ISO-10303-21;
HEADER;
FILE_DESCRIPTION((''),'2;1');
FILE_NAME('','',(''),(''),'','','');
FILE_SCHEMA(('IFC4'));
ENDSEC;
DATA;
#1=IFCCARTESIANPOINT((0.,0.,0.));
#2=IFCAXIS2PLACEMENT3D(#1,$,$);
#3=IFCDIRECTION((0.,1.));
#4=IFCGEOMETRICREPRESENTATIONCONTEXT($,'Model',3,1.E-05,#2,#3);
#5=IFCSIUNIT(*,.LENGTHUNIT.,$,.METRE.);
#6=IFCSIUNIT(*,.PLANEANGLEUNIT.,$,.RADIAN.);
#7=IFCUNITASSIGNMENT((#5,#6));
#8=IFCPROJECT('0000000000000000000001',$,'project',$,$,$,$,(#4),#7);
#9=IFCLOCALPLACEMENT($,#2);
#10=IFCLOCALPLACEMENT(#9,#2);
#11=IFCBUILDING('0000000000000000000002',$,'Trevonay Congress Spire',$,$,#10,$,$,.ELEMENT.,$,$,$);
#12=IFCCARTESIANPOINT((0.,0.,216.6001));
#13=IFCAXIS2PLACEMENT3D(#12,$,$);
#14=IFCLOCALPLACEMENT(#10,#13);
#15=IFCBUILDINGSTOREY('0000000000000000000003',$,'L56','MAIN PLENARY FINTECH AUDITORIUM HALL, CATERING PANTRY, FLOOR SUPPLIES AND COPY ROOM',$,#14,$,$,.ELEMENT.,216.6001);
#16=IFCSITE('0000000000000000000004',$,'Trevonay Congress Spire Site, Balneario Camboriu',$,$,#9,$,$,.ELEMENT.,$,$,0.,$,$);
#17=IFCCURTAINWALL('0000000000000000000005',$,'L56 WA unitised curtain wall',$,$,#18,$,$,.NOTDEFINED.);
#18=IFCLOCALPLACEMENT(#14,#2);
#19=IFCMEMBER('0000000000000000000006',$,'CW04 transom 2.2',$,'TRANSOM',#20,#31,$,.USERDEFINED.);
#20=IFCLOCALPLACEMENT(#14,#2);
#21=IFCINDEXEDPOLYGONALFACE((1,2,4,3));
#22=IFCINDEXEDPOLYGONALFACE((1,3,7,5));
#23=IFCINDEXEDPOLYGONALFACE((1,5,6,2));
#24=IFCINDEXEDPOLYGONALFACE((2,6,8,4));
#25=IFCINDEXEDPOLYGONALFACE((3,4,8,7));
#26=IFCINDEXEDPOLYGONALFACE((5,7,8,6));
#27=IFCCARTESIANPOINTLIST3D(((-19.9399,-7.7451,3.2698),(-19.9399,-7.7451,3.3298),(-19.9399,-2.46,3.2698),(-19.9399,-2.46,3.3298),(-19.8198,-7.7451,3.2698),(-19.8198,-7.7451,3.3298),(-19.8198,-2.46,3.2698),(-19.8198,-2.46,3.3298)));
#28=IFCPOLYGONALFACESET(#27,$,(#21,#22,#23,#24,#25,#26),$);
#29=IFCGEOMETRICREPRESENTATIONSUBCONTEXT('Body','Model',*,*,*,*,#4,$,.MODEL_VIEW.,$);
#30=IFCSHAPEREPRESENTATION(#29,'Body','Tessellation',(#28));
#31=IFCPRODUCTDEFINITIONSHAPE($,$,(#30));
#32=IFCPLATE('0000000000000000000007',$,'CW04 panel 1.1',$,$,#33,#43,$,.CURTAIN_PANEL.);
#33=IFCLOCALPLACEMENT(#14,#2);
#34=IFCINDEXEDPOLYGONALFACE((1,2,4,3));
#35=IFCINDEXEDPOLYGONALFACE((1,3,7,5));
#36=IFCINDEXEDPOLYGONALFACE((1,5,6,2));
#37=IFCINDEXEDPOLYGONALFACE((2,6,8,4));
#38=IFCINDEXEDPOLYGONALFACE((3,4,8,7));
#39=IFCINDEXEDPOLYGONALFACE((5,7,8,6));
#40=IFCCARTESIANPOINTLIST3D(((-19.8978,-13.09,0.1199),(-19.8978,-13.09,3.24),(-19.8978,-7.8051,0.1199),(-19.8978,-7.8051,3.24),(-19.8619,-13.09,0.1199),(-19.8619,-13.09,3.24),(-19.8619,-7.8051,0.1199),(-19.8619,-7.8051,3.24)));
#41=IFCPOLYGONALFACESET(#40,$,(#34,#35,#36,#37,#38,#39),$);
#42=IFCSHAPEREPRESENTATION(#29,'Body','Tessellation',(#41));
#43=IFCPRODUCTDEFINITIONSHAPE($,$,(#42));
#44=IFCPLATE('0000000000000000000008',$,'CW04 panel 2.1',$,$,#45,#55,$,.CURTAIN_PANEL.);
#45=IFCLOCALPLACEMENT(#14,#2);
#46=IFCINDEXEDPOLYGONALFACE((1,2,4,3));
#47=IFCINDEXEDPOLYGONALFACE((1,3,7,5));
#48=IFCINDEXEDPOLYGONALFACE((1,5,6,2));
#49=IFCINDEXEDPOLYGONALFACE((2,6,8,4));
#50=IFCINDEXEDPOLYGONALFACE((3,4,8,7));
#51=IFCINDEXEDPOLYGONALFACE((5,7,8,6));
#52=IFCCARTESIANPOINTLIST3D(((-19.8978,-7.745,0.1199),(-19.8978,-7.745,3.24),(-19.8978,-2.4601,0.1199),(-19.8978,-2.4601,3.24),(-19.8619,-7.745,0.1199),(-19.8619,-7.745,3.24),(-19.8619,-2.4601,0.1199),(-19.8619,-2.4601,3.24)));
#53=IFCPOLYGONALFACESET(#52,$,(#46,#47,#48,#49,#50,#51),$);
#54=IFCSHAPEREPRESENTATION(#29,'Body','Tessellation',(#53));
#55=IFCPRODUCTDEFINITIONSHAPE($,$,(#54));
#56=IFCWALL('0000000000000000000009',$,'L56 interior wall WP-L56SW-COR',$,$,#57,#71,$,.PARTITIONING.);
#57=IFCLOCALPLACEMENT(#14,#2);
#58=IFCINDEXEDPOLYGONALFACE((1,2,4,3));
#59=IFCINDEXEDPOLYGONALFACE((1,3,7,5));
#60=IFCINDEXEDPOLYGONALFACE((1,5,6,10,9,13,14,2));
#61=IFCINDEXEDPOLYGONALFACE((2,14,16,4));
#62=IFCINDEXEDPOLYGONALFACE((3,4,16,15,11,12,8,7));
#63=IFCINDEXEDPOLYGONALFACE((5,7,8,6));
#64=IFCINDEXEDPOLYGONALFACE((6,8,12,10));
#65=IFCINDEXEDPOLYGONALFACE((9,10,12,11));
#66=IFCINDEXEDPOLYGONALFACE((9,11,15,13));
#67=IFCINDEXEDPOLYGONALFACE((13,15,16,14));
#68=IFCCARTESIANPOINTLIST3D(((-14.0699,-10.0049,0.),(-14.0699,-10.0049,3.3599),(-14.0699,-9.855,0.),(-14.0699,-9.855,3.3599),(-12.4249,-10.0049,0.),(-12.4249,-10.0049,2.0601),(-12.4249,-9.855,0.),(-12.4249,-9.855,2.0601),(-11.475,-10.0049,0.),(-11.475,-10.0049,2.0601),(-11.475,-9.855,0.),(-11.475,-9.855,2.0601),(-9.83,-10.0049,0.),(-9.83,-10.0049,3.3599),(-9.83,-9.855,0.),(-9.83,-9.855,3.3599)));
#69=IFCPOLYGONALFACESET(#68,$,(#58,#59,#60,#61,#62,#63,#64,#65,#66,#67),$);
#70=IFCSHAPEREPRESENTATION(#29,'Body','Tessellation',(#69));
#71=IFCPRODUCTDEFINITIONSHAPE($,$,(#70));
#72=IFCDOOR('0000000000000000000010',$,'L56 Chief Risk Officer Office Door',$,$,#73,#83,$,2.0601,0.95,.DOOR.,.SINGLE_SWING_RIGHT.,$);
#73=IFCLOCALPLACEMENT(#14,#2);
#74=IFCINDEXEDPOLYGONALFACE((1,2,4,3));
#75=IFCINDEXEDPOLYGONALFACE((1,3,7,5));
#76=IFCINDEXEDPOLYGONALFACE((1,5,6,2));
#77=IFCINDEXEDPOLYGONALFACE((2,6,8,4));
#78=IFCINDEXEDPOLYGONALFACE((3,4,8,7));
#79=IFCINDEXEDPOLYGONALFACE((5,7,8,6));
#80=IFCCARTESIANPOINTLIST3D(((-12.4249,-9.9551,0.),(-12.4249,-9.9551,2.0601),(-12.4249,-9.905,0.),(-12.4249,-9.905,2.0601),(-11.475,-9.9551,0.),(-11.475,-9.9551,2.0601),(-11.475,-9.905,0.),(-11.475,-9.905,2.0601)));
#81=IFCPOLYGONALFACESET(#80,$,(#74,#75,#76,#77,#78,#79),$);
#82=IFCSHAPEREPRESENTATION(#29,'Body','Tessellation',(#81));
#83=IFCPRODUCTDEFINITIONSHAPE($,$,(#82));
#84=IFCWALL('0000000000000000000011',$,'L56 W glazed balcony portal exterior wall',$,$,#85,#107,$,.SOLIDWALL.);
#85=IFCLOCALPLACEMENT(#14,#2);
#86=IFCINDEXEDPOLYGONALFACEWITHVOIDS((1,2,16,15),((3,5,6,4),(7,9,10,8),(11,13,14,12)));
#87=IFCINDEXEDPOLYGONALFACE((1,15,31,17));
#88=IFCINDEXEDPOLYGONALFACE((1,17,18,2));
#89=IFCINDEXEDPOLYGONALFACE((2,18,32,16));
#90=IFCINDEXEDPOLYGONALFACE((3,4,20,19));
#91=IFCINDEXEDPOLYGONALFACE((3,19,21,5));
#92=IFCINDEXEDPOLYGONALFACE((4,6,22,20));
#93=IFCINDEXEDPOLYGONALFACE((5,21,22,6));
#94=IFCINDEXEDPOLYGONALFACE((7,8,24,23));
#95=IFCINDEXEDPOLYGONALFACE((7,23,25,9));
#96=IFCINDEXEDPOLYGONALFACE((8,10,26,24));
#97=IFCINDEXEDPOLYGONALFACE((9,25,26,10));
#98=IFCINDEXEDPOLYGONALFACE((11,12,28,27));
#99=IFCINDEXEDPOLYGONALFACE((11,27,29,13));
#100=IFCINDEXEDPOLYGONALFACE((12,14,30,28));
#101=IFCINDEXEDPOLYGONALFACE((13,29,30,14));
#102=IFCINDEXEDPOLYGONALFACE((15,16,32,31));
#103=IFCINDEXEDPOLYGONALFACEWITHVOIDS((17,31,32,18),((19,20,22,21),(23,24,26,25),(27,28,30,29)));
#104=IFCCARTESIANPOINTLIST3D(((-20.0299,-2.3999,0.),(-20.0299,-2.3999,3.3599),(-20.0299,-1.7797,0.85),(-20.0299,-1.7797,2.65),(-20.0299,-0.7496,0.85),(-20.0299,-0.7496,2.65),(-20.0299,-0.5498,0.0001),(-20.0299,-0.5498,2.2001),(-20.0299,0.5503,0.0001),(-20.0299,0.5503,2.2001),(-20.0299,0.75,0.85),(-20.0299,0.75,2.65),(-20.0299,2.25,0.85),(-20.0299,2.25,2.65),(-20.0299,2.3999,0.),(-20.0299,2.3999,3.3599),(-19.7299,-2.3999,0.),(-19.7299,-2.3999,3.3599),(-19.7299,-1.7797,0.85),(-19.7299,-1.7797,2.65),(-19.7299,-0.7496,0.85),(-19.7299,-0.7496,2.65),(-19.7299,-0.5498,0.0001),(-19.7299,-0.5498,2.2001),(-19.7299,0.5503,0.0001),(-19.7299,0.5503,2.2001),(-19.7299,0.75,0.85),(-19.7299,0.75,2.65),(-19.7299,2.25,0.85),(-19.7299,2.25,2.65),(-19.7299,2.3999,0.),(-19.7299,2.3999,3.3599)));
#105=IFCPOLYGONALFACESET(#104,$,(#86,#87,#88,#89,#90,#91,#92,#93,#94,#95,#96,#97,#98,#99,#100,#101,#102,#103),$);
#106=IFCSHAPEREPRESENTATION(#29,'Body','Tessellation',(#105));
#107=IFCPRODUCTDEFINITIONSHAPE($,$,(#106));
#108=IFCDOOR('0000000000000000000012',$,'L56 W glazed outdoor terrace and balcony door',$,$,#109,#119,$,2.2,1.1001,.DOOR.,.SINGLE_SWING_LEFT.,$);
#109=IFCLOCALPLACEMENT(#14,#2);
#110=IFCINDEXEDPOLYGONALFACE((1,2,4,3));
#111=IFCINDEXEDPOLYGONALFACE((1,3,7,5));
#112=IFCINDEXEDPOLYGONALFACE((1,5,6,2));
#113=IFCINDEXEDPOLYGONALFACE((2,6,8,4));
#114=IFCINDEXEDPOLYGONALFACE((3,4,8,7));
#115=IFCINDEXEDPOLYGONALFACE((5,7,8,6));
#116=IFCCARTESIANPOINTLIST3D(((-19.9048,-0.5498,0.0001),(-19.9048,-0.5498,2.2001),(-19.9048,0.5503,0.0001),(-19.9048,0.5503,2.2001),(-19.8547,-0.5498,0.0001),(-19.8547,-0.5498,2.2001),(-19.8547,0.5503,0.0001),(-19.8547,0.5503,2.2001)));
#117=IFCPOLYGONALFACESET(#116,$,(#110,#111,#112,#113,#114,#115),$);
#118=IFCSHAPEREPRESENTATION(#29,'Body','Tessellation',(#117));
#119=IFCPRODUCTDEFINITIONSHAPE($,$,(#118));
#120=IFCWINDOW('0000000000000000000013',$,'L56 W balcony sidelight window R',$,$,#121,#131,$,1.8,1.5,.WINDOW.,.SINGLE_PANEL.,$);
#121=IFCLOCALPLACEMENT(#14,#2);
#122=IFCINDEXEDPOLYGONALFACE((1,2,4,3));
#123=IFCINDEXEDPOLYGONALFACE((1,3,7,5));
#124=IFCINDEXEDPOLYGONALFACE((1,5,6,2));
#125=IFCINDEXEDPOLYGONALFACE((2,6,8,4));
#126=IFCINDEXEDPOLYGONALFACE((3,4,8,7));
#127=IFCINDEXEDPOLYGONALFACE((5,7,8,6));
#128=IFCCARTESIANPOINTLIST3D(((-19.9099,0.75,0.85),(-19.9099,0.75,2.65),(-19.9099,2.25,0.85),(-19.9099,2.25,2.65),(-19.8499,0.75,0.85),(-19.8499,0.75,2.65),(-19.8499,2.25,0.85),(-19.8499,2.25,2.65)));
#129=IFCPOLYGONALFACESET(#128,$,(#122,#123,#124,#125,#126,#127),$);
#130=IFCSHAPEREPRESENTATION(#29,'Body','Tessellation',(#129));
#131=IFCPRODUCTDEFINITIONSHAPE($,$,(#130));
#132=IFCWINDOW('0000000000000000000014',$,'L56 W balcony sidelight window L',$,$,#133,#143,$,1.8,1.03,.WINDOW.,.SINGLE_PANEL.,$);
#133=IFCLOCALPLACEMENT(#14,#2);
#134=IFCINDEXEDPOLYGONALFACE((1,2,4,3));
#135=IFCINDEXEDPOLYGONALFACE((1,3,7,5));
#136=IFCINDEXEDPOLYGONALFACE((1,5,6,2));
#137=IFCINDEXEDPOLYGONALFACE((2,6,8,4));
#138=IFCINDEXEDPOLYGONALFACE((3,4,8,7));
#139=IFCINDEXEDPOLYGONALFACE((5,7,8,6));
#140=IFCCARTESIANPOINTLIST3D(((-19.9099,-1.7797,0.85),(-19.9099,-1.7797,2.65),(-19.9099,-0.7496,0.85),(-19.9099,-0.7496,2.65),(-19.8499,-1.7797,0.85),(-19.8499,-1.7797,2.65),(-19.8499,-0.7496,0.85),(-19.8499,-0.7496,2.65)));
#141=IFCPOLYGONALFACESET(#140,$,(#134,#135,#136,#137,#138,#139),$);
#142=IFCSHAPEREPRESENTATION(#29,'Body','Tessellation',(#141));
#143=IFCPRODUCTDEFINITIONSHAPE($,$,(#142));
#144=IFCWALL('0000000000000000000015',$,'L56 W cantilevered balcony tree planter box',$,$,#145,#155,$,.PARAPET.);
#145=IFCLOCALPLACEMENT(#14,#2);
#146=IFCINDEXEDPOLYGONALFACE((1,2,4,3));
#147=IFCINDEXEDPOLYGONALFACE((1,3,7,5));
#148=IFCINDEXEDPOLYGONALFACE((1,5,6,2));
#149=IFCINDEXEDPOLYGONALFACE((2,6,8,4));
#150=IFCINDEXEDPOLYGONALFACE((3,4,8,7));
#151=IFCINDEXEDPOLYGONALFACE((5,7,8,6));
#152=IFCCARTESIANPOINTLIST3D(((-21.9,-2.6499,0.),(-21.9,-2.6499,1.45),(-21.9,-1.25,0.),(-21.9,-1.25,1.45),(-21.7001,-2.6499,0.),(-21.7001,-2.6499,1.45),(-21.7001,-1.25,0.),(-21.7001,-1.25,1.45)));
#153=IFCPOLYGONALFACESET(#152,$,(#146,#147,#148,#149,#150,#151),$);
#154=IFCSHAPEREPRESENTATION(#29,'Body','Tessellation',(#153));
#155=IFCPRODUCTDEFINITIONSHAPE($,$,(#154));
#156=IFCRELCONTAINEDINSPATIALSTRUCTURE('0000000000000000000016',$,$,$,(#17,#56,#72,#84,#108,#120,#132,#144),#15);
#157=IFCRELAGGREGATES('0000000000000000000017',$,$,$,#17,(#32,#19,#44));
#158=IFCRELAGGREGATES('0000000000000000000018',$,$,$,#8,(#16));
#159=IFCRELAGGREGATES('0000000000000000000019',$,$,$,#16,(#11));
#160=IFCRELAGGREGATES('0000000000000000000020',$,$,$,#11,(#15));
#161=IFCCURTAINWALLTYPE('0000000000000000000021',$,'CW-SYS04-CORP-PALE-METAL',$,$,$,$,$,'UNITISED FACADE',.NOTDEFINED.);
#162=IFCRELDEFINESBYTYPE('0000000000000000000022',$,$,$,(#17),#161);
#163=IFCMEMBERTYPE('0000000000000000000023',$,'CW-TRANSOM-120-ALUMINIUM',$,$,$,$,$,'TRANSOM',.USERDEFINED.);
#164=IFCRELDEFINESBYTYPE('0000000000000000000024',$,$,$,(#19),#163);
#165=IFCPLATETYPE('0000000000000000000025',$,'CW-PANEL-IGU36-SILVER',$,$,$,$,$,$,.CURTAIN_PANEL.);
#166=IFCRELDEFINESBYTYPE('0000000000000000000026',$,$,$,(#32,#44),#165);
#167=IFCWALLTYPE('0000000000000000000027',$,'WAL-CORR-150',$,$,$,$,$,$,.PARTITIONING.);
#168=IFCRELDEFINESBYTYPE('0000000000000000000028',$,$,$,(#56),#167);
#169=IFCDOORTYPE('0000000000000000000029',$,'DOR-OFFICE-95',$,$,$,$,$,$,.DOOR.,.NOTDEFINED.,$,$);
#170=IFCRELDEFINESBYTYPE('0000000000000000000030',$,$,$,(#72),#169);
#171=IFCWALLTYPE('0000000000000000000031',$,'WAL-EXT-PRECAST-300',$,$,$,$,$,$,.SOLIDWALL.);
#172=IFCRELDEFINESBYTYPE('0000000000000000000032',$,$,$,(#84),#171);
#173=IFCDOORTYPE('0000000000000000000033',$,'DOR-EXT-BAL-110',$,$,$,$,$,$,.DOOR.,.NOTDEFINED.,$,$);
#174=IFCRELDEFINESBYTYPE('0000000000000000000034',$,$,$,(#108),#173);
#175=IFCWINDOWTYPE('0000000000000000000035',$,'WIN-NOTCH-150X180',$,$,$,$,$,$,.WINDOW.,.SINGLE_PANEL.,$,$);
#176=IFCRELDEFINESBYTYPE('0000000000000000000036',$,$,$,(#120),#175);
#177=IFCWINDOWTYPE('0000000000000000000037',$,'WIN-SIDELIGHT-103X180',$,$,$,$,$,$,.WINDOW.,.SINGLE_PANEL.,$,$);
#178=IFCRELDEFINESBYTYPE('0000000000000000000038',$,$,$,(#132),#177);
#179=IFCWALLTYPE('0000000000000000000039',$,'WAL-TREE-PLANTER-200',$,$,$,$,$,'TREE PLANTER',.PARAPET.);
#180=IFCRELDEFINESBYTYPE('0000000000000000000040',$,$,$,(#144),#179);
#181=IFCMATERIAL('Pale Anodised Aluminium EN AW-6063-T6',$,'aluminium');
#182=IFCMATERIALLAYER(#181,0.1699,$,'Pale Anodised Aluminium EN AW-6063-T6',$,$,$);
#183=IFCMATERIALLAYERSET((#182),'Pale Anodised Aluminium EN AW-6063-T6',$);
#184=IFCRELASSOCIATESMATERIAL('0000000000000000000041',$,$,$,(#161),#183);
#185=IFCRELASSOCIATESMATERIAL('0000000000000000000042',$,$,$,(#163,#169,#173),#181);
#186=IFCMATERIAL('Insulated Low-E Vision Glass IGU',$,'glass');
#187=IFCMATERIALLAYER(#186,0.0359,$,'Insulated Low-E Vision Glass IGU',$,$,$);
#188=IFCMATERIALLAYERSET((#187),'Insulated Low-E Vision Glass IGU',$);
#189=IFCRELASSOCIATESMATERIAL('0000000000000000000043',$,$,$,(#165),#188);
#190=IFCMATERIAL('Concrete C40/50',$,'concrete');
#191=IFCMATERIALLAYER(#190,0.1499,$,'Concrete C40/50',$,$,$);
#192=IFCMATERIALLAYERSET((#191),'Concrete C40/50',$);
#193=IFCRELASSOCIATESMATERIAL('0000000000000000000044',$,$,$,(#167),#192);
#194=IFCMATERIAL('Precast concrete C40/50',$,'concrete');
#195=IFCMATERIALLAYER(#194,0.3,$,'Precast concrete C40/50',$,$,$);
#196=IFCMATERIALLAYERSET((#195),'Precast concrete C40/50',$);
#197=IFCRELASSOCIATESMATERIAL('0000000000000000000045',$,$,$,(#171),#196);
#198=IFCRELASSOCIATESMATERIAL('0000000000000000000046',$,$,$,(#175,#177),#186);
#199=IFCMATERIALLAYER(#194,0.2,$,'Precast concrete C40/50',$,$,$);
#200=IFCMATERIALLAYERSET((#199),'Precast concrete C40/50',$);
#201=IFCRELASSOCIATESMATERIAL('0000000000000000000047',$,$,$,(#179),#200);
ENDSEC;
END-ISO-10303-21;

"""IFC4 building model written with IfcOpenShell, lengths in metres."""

from ifc_helpers import new_model, si_unit, direction, frame, frame_2d, origin, origin_2d, place, context, subcontext, project, spatial, rectangle, extrude, material, layer, layer_set, material_profile, profile_set, type_object, element, fill, aggregate, save


model = new_model("IFC4")

# Units and contexts
model_context = context("Model", 3, precision=1e-05, world=origin(), true_north=direction((0.0, 1.0)))
body_context = subcontext(model_context, "Body", "Model", "MODEL_VIEW")
ifc_project = project(units=[si_unit("LENGTHUNIT", "METRE"), si_unit("PLANEANGLEUNIT", "RADIAN")], contexts=[model_context])

# Site, building, storey
site_placement = place(None, origin())
site = spatial("IfcSite", under=ifc_project, at=site_placement, Name="Trevonay Congress Spire Site, Balneario Camboriu", CompositionType="ELEMENT", RefElevation=0.0)
building_placement = place(site_placement, origin())
building = spatial("IfcBuilding", under=site, at=building_placement, Name="Trevonay Congress Spire", CompositionType="ELEMENT")
storey_placement = place(building_placement, frame((0.0, 0.0, 216.6001)))
storey = spatial("IfcBuildingStorey", under=building, at=storey_placement, Name="L56", Description="MAIN PLENARY FINTECH AUDITORIUM HALL, CATERING PANTRY, FLOOR SUPPLIES AND COPY ROOM", CompositionType="ELEMENT", Elevation=216.6001)

# Curtain wall, member, plates
ifc_material_1 = material(Name="Pale Anodised Aluminium EN AW-6063-T6", Category="aluminium")
ifc_layer_1 = layer(ifc_material_1, 0.1699, Name="Pale Anodised Aluminium EN AW-6063-T6")
ifc_layer_set_1 = layer_set([ifc_layer_1], Name="Pale Anodised Aluminium EN AW-6063-T6")
curtain_wall_type = type_object("IfcCurtainWallType", Name="CW-SYS04-CORP-PALE-METAL", ElementType="UNITISED FACADE", PredefinedType="NOTDEFINED", material=ifc_layer_set_1)
curtain_wall_placement = place(storey_placement, origin())
curtain_wall = element("IfcCurtainWall", 1, at=curtain_wall_placement, inside=storey, type_object=curtain_wall_type, Name="L56 WA unitised curtain wall", PredefinedType="NOTDEFINED")
ifc_material_profile_1 = material_profile(ifc_material_1, rectangle(XDim=0.1201, YDim=0.0601, at=origin_2d()), Name="CW-TRANSOM-120-ALUMINIUM")
ifc_profile_set_1 = profile_set([ifc_material_profile_1], Name="Pale Anodised Aluminium EN AW-6063-T6")
member_type_1 = type_object("IfcMemberType", Name="CW-TRANSOM-120-ALUMINIUM", ElementType="TRANSOM", PredefinedType="USERDEFINED", material=ifc_profile_set_1)
member_1_placement = place(storey_placement, frame((-19.8799, -7.7451, 3.2998), z_axis=(0.0, 1.0, 0.0), x_axis=(-1.0, 0.0, 0.0)))
member_1 = element("IfcMember", 2, at=member_1_placement, type_object=member_type_1, Name="CW04 transom 2.2", ObjectType="TRANSOM", PredefinedType="USERDEFINED", context=body_context, shape_type="SweptSolid", body=[
    extrude(rectangle(XDim=0.1201, YDim=0.0601, at=origin_2d()), origin(), (0.0, 0.0, 1.0), 5.2852),
])
ifc_material_2 = material(Name="Insulated Low-E Vision Glass IGU", Category="glass")
ifc_layer_2 = layer(ifc_material_2, 0.0359, Name="Insulated Low-E Vision Glass IGU")
ifc_layer_set_2 = layer_set([ifc_layer_2], Name="Insulated Low-E Vision Glass IGU")
plate_type = type_object("IfcPlateType", Name="CW-PANEL-IGU36-SILVER", PredefinedType="CURTAIN_PANEL", material=ifc_layer_set_2)
plate_1_placement = place(storey_placement, frame((-19.8799, -10.4475, 0.1199), z_axis=(0.0, 0.0, 1.0), x_axis=(0.0, 1.0, 0.0)))
plate_1 = element("IfcPlate", 3, at=plate_1_placement, type_object=plate_type, Name="CW04 panel 1.1", PredefinedType="CURTAIN_PANEL", context=body_context, shape_type="SweptSolid", body=[
    extrude(rectangle(XDim=5.2849, YDim=0.0359, at=origin_2d()), origin(), (0.0, 0.0, 1.0), 3.1201),
])
plate_2_placement = place(storey_placement, frame((-19.8799, -5.1025, 0.1199), z_axis=(0.0, 0.0, 1.0), x_axis=(0.0, 1.0, 0.0)))
plate_2 = element("IfcPlate", 4, at=plate_2_placement, type_object=plate_type, Name="CW04 panel 2.1", PredefinedType="CURTAIN_PANEL", context=body_context, shape_type="SweptSolid", body=[
    extrude(rectangle(XDim=5.2849, YDim=0.0359, at=origin_2d()), origin(), (0.0, 0.0, 1.0), 3.1201),
])
aggregate(curtain_wall, [plate_1, member_1, plate_2])

# Wall, opening, door
ifc_material_3 = material(Name="Concrete C40/50", Category="concrete")
ifc_layer_3 = layer(ifc_material_3, 0.1499, Name="Concrete C40/50")
ifc_layer_set_3 = layer_set([ifc_layer_3], Name="Concrete C40/50")
wall_type_1 = type_object("IfcWallType", Name="WAL-CORR-150", PredefinedType="PARTITIONING", material=ifc_layer_set_3)
wall_1_placement = place(storey_placement, frame((-14.0701, -9.9299, 0.0), z_axis=(0.0, 0.0, 1.0), x_axis=(1.0, 0.0, 0.0)))
wall_1 = element("IfcWall", 5, at=wall_1_placement, inside=storey, type_object=wall_type_1, Name="L56 interior wall WP-L56SW-COR", PredefinedType="PARTITIONING", context=body_context, shape_type="SweptSolid", body=[
    extrude(rectangle(XDim=4.24, YDim=0.1499, at=frame_2d((2.1201, 0.0))), origin(), (0.0, 0.0, 1.0), 3.3599),
])
opening_1_placement = place(wall_1_placement, frame((1.645, 0.0, 0.0)))
opening_1 = element("IfcOpeningElement", 6, at=opening_1_placement, cuts=wall_1, PredefinedType="OPENING", context=body_context, shape_type="SweptSolid", body=[
    extrude(rectangle(XDim=0.95, YDim=2.0601, at=frame_2d((0.4751, 1.03))), frame((0.0, 0.085, 0.0), z_axis=(0.0, -1.0, 0.0), x_axis=(1.0, 0.0, 0.0)), (0.0, 0.0, 1.0), 0.1699),
])
door_type_1 = type_object("IfcDoorType", Name="DOR-OFFICE-95", OperationType="NOTDEFINED", PredefinedType="DOOR", material=ifc_material_1)
door_1_placement = place(opening_1_placement, origin())
door_1 = element("IfcDoor", 7, at=door_1_placement, inside=storey, type_object=door_type_1, Name="L56 Chief Risk Officer Office Door", OperationType="SINGLE_SWING_RIGHT", OverallHeight=2.0601, OverallWidth=0.95, PredefinedType="DOOR", context=body_context, shape_type="SweptSolid", body=[
    extrude(rectangle(XDim=0.95, YDim=2.0601, at=frame_2d((0.4751, 1.03))), frame((0.0, 0.0249, 0.0), z_axis=(0.0, -1.0, 0.0), x_axis=(1.0, 0.0, 0.0)), (0.0, 0.0, 1.0), 0.05),
])
fill(opening_1, door_1)

# Wall, openings, door, windows
ifc_material_4 = material(Name="Precast concrete C40/50", Category="concrete")
ifc_layer_4 = layer(ifc_material_4, 0.3, Name="Precast concrete C40/50")
ifc_layer_set_4 = layer_set([ifc_layer_4], Name="Precast concrete C40/50")
wall_type_2 = type_object("IfcWallType", Name="WAL-EXT-PRECAST-300", PredefinedType="SOLIDWALL", material=ifc_layer_set_4)
wall_2_placement = place(storey_placement, frame((-19.8799, -2.3999, 0.0), z_axis=(0.0, 0.0, 1.0), x_axis=(0.0, 1.0, 0.0)))
wall_2 = element("IfcWall", 8, at=wall_2_placement, inside=storey, type_object=wall_type_2, Name="L56 W glazed balcony portal exterior wall", PredefinedType="SOLIDWALL", context=body_context, shape_type="SweptSolid", body=[
    extrude(rectangle(XDim=4.7998, YDim=0.3, at=frame_2d((2.3999, 0.0))), origin(), (0.0, 0.0, 1.0), 3.3599),
])
opening_2_placement = place(wall_2_placement, frame((1.8501, 0.0, 0.0)))
opening_2 = element("IfcOpeningElement", 9, at=opening_2_placement, cuts=wall_2, PredefinedType="OPENING", context=body_context, shape_type="SweptSolid", body=[
    extrude(rectangle(XDim=1.1001, YDim=2.2, at=frame_2d((0.55, 1.1001))), frame((0.0, 0.1602, 0.0), z_axis=(0.0, -1.0, 0.0), x_axis=(1.0, 0.0, 0.0)), (0.0, 0.0, 1.0), 0.3201),
])
opening_3_placement = place(wall_2_placement, frame((0.6201, 0.0, 0.8501)))
opening_3 = element("IfcOpeningElement", 10, at=opening_3_placement, cuts=wall_2, PredefinedType="OPENING", context=body_context, shape_type="SweptSolid", body=[
    extrude(rectangle(XDim=1.03, YDim=1.8, at=frame_2d((0.5151, 0.8999))), frame((0.0, 0.1602, 0.0), z_axis=(0.0, -1.0, 0.0), x_axis=(1.0, 0.0, 0.0)), (0.0, 0.0, 1.0), 0.3201),
])
opening_4_placement = place(wall_2_placement, frame((3.1499, 0.0, 0.8501)))
opening_4 = element("IfcOpeningElement", 11, at=opening_4_placement, cuts=wall_2, PredefinedType="OPENING", context=body_context, shape_type="SweptSolid", body=[
    extrude(rectangle(XDim=1.5, YDim=1.8, at=frame_2d((0.75, 0.8999))), frame((0.0, 0.1602, 0.0), z_axis=(0.0, -1.0, 0.0), x_axis=(1.0, 0.0, 0.0)), (0.0, 0.0, 1.0), 0.3201),
])
door_type_2 = type_object("IfcDoorType", Name="DOR-EXT-BAL-110", OperationType="NOTDEFINED", PredefinedType="DOOR", material=ifc_material_1)
door_2_placement = place(opening_2_placement, origin())
door_2 = element("IfcDoor", 12, at=door_2_placement, inside=storey, type_object=door_type_2, Name="L56 W glazed outdoor terrace and balcony door", OperationType="SINGLE_SWING_LEFT", OverallHeight=2.2, OverallWidth=1.1001, PredefinedType="DOOR", context=body_context, shape_type="SweptSolid", body=[
    extrude(rectangle(XDim=1.1001, YDim=2.2, at=frame_2d((0.55, 1.1001))), frame((0.0, 0.0249, 0.0), z_axis=(0.0, -1.0, 0.0), x_axis=(1.0, 0.0, 0.0)), (0.0, 0.0, 1.0), 0.05),
])
fill(opening_2, door_2)
window_type_1 = type_object("IfcWindowType", Name="WIN-NOTCH-150X180", PartitioningType="SINGLE_PANEL", PredefinedType="WINDOW", material=ifc_material_2)
window_1_placement = place(opening_4_placement, origin())
window_1 = element("IfcWindow", 13, at=window_1_placement, inside=storey, type_object=window_type_1, Name="L56 W balcony sidelight window R", OverallHeight=1.8, OverallWidth=1.5, PartitioningType="SINGLE_PANEL", PredefinedType="WINDOW", context=body_context, shape_type="SweptSolid", body=[
    extrude(rectangle(XDim=1.5, YDim=1.8, at=frame_2d((0.75, 0.8999))), frame((0.0, 0.03, 0.0), z_axis=(0.0, -1.0, 0.0), x_axis=(1.0, 0.0, 0.0)), (0.0, 0.0, 1.0), 0.0601),
])
fill(opening_4, window_1)
window_type_2 = type_object("IfcWindowType", Name="WIN-SIDELIGHT-103X180", PartitioningType="SINGLE_PANEL", PredefinedType="WINDOW", material=ifc_material_2)
window_2_placement = place(opening_3_placement, origin())
window_2 = element("IfcWindow", 14, at=window_2_placement, inside=storey, type_object=window_type_2, Name="L56 W balcony sidelight window L", OverallHeight=1.8, OverallWidth=1.03, PartitioningType="SINGLE_PANEL", PredefinedType="WINDOW", context=body_context, shape_type="SweptSolid", body=[
    extrude(rectangle(XDim=1.03, YDim=1.8, at=frame_2d((0.5151, 0.8999))), frame((0.0, 0.03, 0.0), z_axis=(0.0, -1.0, 0.0), x_axis=(1.0, 0.0, 0.0)), (0.0, 0.0, 1.0), 0.0601),
])
fill(opening_3, window_2)

# Wall
ifc_layer_5 = layer(ifc_material_4, 0.2, Name="Precast concrete C40/50")
ifc_layer_set_5 = layer_set([ifc_layer_5], Name="Precast concrete C40/50")
wall_type_3 = type_object("IfcWallType", Name="WAL-TREE-PLANTER-200", ElementType="TREE PLANTER", PredefinedType="PARAPET", material=ifc_layer_set_5)
wall_3_placement = place(storey_placement, frame((-21.8, -2.6499, 0.0), z_axis=(0.0, 0.0, 1.0), x_axis=(0.0, 1.0, 0.0)))
element("IfcWall", 15, at=wall_3_placement, inside=storey, type_object=wall_type_3, Name="L56 W cantilevered balcony tree planter box", PredefinedType="PARAPET", context=body_context, shape_type="SweptSolid", body=[
    extrude(rectangle(XDim=1.3999, YDim=0.2, at=frame_2d((0.7, 0.0))), origin(), (0.0, 0.0, 1.0), 1.45),
])

save(model, "model.ifc")
